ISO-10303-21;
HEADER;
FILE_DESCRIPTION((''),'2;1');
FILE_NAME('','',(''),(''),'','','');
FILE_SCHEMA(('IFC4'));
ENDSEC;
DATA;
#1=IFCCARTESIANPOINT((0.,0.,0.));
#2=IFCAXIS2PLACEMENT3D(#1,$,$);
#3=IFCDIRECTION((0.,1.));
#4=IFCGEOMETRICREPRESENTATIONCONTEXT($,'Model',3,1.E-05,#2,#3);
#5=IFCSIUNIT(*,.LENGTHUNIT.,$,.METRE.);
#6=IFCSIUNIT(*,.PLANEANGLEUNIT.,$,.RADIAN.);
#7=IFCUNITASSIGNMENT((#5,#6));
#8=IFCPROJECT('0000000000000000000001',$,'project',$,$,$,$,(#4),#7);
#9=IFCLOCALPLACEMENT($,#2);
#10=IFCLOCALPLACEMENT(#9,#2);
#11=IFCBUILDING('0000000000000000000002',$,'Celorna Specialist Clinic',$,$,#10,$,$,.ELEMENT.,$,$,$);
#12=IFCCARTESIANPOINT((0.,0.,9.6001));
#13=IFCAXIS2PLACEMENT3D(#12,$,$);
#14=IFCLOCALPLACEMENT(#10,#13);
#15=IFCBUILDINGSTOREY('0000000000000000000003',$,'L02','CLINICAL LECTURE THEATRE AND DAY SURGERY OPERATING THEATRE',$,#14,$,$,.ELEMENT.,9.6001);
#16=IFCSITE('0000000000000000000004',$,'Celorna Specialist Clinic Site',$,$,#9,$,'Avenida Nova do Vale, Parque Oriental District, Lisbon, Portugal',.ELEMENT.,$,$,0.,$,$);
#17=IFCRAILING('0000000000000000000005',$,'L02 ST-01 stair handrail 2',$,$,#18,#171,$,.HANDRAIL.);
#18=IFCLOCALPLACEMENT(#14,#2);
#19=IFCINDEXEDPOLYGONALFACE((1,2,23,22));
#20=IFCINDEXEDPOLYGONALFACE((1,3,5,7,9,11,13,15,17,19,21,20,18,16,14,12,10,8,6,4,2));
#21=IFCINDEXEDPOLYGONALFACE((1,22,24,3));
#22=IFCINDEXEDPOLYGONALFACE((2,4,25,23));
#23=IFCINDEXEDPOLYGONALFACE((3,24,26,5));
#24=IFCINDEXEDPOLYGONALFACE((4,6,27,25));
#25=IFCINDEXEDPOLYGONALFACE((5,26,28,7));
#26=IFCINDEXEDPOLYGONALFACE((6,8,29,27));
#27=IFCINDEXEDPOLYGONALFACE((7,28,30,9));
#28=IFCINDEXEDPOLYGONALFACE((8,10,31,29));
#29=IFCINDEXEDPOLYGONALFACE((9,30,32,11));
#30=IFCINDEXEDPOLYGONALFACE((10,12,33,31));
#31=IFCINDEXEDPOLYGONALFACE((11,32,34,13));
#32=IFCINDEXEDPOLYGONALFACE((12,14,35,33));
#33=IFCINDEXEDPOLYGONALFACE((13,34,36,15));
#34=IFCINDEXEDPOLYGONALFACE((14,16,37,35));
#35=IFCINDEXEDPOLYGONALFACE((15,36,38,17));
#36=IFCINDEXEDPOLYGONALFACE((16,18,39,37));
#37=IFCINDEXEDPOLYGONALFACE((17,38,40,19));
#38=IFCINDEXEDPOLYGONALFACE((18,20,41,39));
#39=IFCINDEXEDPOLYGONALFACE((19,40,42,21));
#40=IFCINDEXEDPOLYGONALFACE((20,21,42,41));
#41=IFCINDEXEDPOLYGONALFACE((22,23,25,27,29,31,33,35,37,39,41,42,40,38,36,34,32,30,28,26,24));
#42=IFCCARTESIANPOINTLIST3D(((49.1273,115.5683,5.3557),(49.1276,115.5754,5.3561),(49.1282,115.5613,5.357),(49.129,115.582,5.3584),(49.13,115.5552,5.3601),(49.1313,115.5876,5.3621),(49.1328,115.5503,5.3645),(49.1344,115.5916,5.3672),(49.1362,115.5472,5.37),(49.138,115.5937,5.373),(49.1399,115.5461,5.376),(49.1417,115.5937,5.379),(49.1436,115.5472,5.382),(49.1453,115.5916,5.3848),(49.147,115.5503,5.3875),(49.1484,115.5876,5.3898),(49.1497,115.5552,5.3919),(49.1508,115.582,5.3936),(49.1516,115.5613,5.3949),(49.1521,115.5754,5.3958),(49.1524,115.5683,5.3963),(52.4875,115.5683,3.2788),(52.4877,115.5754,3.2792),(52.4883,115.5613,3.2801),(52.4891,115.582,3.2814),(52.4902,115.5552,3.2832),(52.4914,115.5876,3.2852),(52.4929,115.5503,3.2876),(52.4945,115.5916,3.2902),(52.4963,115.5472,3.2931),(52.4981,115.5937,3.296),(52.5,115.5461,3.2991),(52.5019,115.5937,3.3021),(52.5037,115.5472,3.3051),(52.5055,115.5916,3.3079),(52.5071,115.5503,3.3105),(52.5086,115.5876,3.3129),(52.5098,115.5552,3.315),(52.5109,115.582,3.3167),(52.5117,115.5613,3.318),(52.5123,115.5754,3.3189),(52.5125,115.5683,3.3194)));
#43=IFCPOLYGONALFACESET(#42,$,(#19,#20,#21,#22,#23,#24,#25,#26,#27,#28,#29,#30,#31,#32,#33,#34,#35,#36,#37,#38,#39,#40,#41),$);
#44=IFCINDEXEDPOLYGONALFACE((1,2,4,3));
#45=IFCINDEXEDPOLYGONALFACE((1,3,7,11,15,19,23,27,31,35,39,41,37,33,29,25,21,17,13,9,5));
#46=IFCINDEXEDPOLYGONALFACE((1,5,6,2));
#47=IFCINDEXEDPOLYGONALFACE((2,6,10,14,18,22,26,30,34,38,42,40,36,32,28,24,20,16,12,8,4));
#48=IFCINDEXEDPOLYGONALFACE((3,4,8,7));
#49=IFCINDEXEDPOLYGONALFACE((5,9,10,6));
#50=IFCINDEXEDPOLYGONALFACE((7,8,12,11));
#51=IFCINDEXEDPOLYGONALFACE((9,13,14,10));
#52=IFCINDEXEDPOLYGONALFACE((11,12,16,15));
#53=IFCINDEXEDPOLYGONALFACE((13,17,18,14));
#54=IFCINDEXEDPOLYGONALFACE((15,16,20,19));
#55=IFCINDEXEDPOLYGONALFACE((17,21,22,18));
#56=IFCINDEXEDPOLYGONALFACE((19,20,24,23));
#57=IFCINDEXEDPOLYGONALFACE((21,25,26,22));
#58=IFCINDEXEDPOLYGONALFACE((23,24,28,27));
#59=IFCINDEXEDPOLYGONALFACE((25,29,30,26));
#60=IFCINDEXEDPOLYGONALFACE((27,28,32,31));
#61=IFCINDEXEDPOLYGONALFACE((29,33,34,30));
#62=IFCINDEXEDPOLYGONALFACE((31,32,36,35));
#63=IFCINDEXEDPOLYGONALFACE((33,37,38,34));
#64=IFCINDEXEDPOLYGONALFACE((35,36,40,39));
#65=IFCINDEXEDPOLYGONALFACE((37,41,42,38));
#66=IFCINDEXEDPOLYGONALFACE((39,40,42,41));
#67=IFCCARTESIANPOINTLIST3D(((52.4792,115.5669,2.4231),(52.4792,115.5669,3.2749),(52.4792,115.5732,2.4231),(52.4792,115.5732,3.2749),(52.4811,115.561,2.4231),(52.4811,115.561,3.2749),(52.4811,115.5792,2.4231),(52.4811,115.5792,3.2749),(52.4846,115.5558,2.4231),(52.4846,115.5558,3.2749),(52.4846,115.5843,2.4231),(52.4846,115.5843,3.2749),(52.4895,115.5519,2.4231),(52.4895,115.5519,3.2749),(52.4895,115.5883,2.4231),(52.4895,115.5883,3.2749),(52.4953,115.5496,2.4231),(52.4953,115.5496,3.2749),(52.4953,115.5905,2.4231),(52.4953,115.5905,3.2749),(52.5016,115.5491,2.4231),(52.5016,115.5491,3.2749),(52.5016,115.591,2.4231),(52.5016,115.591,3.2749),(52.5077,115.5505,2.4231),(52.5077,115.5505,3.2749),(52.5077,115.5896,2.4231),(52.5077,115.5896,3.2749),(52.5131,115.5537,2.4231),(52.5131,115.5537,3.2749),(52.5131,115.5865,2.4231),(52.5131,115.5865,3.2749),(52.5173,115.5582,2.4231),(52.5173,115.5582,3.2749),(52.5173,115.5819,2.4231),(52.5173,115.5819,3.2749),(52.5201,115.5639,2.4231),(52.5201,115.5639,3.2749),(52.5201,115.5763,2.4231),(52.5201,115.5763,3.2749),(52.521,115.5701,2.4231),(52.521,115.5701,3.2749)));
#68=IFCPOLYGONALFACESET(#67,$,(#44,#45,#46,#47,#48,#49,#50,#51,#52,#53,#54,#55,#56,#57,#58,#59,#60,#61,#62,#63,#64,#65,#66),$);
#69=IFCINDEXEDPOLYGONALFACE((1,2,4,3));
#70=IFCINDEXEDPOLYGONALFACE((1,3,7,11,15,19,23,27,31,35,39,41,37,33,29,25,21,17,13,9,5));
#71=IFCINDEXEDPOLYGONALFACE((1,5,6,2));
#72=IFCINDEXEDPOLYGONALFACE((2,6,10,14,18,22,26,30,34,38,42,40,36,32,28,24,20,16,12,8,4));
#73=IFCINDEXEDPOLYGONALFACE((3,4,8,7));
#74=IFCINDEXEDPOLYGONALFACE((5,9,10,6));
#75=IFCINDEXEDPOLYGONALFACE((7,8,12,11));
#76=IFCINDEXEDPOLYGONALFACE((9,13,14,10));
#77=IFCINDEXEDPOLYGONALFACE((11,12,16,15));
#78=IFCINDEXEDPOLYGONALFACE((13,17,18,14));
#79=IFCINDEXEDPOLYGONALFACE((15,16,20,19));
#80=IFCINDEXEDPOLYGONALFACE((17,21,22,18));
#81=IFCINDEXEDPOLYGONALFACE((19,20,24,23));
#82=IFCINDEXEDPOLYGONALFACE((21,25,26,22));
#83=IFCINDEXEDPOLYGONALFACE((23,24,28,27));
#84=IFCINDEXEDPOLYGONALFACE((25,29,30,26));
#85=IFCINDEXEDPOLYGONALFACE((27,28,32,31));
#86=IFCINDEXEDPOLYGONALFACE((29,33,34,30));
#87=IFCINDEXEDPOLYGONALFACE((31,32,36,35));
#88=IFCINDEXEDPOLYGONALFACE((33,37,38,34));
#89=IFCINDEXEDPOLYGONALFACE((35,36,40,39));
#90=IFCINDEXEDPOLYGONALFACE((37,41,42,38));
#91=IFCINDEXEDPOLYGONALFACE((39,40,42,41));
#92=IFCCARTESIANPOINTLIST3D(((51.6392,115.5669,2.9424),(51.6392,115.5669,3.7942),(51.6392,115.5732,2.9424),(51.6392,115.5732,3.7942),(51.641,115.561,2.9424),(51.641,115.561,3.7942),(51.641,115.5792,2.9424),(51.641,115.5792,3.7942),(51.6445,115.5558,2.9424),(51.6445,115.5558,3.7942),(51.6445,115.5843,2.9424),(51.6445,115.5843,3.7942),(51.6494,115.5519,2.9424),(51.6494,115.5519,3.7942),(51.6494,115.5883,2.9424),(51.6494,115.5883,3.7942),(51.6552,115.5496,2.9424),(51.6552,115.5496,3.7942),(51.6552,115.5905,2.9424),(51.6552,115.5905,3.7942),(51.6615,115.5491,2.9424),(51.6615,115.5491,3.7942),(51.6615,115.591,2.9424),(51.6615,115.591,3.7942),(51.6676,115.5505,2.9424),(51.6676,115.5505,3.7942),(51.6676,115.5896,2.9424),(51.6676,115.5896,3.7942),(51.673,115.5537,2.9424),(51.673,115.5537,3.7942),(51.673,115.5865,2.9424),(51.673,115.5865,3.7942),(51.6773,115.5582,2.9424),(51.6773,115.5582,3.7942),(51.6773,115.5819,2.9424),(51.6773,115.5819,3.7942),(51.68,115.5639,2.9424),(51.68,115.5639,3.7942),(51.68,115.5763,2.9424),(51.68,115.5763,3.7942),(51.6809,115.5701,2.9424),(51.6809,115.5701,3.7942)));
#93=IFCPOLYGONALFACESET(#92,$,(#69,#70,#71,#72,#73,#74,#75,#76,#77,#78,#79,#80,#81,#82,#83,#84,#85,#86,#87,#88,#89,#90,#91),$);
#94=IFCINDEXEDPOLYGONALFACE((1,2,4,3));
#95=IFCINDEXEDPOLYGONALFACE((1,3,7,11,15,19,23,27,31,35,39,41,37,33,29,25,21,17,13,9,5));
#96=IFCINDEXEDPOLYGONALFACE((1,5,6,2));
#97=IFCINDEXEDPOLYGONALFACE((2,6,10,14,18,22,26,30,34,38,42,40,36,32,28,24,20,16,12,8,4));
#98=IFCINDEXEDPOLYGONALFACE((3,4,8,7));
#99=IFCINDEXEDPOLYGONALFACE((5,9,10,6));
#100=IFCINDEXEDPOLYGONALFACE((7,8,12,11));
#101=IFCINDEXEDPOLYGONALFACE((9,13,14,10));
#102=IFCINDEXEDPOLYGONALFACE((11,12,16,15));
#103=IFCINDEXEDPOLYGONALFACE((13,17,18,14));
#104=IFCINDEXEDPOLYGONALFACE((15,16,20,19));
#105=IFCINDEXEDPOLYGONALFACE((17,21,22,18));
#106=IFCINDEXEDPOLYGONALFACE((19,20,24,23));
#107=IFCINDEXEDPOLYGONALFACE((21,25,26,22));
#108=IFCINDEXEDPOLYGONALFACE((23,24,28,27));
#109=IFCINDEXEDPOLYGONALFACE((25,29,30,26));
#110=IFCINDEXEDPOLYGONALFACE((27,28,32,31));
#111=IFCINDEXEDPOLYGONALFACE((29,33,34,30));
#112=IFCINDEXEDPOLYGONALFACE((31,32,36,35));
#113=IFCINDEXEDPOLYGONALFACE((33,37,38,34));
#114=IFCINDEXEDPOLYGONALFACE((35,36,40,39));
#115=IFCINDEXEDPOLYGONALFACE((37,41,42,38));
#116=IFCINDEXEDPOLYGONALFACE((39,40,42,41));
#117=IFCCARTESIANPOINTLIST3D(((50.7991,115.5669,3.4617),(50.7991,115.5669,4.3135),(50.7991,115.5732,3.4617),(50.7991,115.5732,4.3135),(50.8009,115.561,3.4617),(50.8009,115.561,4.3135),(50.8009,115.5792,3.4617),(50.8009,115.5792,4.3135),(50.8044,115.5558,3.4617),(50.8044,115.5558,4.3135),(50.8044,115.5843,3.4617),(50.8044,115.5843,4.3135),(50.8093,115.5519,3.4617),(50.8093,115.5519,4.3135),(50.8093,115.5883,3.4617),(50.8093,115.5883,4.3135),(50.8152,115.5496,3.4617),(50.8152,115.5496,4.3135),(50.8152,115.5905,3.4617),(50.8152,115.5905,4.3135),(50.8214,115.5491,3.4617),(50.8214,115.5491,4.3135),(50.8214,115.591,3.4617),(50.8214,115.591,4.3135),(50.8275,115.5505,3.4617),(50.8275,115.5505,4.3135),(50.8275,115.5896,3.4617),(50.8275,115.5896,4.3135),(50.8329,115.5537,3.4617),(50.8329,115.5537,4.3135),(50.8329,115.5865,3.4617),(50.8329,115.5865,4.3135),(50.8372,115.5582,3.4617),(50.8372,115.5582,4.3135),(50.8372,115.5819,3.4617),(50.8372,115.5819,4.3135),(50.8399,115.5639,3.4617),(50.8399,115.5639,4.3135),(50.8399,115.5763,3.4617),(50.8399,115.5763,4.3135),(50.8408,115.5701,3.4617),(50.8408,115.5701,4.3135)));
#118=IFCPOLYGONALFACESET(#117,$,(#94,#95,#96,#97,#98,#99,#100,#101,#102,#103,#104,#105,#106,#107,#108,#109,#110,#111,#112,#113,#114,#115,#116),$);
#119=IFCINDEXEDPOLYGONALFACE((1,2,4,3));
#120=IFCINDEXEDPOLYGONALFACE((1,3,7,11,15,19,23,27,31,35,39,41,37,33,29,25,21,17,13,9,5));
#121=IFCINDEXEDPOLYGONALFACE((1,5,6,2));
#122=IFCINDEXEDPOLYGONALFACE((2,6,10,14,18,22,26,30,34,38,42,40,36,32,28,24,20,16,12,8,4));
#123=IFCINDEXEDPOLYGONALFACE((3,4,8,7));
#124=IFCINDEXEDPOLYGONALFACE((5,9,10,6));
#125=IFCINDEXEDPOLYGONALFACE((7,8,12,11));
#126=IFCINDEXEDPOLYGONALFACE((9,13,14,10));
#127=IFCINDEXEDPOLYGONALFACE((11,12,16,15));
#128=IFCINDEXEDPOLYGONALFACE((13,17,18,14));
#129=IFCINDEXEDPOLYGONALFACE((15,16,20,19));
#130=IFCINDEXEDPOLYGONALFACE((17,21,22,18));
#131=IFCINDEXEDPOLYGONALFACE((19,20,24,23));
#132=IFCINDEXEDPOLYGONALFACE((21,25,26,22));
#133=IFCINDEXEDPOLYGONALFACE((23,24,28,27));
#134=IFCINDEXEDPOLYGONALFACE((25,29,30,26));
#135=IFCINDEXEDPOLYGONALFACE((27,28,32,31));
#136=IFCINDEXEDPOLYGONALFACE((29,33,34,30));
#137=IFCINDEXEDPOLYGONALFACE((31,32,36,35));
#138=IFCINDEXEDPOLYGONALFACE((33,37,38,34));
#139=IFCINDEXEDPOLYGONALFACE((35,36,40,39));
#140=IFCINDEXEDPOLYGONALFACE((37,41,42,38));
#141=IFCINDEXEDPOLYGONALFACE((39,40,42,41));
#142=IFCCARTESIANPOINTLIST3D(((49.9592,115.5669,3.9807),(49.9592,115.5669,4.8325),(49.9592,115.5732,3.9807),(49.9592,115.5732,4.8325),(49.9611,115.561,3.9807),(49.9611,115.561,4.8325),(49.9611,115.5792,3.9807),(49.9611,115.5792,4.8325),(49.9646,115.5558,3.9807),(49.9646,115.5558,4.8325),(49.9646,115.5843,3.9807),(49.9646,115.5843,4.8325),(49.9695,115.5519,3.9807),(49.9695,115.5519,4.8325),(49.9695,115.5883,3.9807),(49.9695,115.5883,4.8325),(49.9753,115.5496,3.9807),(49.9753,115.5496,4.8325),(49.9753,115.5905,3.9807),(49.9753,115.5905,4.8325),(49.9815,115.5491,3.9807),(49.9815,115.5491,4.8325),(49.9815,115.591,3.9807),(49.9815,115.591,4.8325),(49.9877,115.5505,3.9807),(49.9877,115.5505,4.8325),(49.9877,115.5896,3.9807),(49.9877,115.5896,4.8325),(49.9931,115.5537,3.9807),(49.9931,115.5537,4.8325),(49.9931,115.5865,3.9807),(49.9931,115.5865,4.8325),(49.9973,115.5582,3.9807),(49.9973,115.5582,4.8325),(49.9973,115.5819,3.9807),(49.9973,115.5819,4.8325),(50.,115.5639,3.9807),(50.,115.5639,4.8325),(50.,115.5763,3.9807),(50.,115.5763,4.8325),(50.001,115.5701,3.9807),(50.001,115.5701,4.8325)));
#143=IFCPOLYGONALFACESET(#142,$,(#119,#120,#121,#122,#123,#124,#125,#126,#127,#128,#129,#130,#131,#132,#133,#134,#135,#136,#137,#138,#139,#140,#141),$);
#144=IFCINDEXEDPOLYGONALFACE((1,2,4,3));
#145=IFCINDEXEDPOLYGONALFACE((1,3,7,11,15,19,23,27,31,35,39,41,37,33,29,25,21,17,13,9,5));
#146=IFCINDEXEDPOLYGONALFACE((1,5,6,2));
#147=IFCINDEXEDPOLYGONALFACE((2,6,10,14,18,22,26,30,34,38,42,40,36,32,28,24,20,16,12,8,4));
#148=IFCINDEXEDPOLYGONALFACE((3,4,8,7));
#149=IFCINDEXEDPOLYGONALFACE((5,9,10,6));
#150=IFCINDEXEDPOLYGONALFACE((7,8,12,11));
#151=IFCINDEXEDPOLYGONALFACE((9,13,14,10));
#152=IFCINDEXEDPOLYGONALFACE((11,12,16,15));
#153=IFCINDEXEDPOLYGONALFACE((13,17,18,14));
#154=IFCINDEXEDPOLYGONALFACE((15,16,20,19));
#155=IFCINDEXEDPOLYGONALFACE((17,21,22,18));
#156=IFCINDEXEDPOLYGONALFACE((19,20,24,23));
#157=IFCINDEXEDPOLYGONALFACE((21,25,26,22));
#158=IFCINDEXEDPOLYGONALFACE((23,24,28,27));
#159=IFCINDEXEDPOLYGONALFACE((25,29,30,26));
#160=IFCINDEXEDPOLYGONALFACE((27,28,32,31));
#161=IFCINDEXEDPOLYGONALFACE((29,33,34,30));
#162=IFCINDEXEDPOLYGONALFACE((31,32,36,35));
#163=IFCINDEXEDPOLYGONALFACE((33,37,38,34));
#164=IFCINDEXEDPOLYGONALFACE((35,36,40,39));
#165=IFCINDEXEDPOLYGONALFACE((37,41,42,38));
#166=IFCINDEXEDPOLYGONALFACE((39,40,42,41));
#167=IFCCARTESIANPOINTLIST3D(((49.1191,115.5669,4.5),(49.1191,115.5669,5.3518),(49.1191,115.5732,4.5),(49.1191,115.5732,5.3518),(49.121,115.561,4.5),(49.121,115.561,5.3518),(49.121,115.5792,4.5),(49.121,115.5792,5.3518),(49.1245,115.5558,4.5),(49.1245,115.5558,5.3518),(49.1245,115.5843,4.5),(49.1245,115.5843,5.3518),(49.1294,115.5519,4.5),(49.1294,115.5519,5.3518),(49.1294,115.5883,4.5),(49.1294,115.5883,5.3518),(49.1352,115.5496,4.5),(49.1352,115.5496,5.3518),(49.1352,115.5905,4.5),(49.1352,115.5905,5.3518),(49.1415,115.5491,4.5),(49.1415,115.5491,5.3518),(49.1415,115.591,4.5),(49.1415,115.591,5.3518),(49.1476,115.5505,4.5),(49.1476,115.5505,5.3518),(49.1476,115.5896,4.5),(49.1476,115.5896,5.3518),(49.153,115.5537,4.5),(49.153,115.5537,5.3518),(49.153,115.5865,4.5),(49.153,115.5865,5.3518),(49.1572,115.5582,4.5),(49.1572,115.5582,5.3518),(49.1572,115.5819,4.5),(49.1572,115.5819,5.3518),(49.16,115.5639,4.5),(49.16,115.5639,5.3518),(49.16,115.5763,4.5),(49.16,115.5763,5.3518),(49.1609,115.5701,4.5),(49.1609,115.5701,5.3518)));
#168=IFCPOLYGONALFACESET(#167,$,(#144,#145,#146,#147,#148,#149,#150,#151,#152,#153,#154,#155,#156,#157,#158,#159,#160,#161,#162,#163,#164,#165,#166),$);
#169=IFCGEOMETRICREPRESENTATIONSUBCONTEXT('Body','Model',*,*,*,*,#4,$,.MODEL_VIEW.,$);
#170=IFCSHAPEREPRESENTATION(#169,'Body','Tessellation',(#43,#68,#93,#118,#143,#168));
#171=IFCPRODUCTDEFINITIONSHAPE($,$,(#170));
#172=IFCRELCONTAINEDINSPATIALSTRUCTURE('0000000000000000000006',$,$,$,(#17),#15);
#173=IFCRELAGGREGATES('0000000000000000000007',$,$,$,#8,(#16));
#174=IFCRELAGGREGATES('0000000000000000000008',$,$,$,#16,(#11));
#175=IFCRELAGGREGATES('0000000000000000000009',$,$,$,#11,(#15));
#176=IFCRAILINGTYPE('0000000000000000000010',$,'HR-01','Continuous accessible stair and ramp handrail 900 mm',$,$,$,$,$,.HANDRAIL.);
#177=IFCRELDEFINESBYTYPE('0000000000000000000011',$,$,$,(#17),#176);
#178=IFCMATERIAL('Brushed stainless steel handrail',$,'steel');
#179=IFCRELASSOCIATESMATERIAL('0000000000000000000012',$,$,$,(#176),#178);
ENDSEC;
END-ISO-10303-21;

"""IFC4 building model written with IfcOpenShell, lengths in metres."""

from ifc_helpers import new_model, si_unit, direction, frame, origin, origin_2d, place, context, subcontext, project, spatial, circle, extrude, material, type_object, element, save


model = new_model("IFC4")

# Units and contexts
model_context = context("Model", 3, precision=1e-05, world=origin(), true_north=direction((0.0, 1.0)))
body_context = subcontext(model_context, "Body", "Model", "MODEL_VIEW")
ifc_project = project(units=[si_unit("LENGTHUNIT", "METRE"), si_unit("PLANEANGLEUNIT", "RADIAN")], contexts=[model_context])

# Site, building, storey
site_placement = place(None, origin())
site = spatial("IfcSite", under=ifc_project, at=site_placement, Name="Celorna Specialist Clinic Site", LongName="Avenida Nova do Vale, Parque Oriental District, Lisbon, Portugal", CompositionType="ELEMENT", RefElevation=0.0)
building_placement = place(site_placement, origin())
building = spatial("IfcBuilding", under=site, at=building_placement, Name="Celorna Specialist Clinic", CompositionType="ELEMENT")
storey_placement = place(building_placement, frame((0.0, 0.0, 9.6001)))
storey = spatial("IfcBuildingStorey", under=building, at=storey_placement, Name="L02", Description="CLINICAL LECTURE THEATRE AND DAY SURGERY OPERATING THEATRE", CompositionType="ELEMENT", Elevation=9.6001)

# Railing
ifc_material_1 = material(Name="Brushed stainless steel handrail", Category="steel")
railing_type_1 = type_object("IfcRailingType", Name="HR-01", Description="Continuous accessible stair and ramp handrail 900 mm", PredefinedType="HANDRAIL", material=ifc_material_1)
railing_1_placement = place(storey_placement, frame((52.5, 115.5701, 2.4231)))
element("IfcRailing", 1, at=railing_1_placement, inside=storey, type_object=railing_type_1, Name="L02 ST-01 stair handrail 2", PredefinedType="HANDRAIL", context=body_context, shape_type="SweptSolid", body=[
    extrude(circle(Radius=0.0239, at=origin_2d()), frame((0.0, 0.0, 0.876), z_axis=(-0.850623, 0.0, 0.525776), x_axis=(0.0, -1.0, 0.0)), (0.0, 0.0, 1.0), 3.9502),
    extrude(circle(Radius=0.021, at=origin_2d()), origin(), (0.0, 0.0, 1.0), 0.8518),
    extrude(circle(Radius=0.021, at=origin_2d()), frame((-0.8401, 0.0, 0.5193)), (0.0, 0.0, 1.0), 0.8518),
    extrude(circle(Radius=0.021, at=origin_2d()), frame((-1.6802, 0.0, 1.0386)), (0.0, 0.0, 1.0), 0.8518),
    extrude(circle(Radius=0.021, at=origin_2d()), frame((-2.52, 0.0, 1.5576)), (0.0, 0.0, 1.0), 0.8518),
    extrude(circle(Radius=0.021, at=origin_2d()), frame((-3.3601, 0.0, 2.0769)), (0.0, 0.0, 1.0), 0.8518),
])

save(model, "model.ifc")
